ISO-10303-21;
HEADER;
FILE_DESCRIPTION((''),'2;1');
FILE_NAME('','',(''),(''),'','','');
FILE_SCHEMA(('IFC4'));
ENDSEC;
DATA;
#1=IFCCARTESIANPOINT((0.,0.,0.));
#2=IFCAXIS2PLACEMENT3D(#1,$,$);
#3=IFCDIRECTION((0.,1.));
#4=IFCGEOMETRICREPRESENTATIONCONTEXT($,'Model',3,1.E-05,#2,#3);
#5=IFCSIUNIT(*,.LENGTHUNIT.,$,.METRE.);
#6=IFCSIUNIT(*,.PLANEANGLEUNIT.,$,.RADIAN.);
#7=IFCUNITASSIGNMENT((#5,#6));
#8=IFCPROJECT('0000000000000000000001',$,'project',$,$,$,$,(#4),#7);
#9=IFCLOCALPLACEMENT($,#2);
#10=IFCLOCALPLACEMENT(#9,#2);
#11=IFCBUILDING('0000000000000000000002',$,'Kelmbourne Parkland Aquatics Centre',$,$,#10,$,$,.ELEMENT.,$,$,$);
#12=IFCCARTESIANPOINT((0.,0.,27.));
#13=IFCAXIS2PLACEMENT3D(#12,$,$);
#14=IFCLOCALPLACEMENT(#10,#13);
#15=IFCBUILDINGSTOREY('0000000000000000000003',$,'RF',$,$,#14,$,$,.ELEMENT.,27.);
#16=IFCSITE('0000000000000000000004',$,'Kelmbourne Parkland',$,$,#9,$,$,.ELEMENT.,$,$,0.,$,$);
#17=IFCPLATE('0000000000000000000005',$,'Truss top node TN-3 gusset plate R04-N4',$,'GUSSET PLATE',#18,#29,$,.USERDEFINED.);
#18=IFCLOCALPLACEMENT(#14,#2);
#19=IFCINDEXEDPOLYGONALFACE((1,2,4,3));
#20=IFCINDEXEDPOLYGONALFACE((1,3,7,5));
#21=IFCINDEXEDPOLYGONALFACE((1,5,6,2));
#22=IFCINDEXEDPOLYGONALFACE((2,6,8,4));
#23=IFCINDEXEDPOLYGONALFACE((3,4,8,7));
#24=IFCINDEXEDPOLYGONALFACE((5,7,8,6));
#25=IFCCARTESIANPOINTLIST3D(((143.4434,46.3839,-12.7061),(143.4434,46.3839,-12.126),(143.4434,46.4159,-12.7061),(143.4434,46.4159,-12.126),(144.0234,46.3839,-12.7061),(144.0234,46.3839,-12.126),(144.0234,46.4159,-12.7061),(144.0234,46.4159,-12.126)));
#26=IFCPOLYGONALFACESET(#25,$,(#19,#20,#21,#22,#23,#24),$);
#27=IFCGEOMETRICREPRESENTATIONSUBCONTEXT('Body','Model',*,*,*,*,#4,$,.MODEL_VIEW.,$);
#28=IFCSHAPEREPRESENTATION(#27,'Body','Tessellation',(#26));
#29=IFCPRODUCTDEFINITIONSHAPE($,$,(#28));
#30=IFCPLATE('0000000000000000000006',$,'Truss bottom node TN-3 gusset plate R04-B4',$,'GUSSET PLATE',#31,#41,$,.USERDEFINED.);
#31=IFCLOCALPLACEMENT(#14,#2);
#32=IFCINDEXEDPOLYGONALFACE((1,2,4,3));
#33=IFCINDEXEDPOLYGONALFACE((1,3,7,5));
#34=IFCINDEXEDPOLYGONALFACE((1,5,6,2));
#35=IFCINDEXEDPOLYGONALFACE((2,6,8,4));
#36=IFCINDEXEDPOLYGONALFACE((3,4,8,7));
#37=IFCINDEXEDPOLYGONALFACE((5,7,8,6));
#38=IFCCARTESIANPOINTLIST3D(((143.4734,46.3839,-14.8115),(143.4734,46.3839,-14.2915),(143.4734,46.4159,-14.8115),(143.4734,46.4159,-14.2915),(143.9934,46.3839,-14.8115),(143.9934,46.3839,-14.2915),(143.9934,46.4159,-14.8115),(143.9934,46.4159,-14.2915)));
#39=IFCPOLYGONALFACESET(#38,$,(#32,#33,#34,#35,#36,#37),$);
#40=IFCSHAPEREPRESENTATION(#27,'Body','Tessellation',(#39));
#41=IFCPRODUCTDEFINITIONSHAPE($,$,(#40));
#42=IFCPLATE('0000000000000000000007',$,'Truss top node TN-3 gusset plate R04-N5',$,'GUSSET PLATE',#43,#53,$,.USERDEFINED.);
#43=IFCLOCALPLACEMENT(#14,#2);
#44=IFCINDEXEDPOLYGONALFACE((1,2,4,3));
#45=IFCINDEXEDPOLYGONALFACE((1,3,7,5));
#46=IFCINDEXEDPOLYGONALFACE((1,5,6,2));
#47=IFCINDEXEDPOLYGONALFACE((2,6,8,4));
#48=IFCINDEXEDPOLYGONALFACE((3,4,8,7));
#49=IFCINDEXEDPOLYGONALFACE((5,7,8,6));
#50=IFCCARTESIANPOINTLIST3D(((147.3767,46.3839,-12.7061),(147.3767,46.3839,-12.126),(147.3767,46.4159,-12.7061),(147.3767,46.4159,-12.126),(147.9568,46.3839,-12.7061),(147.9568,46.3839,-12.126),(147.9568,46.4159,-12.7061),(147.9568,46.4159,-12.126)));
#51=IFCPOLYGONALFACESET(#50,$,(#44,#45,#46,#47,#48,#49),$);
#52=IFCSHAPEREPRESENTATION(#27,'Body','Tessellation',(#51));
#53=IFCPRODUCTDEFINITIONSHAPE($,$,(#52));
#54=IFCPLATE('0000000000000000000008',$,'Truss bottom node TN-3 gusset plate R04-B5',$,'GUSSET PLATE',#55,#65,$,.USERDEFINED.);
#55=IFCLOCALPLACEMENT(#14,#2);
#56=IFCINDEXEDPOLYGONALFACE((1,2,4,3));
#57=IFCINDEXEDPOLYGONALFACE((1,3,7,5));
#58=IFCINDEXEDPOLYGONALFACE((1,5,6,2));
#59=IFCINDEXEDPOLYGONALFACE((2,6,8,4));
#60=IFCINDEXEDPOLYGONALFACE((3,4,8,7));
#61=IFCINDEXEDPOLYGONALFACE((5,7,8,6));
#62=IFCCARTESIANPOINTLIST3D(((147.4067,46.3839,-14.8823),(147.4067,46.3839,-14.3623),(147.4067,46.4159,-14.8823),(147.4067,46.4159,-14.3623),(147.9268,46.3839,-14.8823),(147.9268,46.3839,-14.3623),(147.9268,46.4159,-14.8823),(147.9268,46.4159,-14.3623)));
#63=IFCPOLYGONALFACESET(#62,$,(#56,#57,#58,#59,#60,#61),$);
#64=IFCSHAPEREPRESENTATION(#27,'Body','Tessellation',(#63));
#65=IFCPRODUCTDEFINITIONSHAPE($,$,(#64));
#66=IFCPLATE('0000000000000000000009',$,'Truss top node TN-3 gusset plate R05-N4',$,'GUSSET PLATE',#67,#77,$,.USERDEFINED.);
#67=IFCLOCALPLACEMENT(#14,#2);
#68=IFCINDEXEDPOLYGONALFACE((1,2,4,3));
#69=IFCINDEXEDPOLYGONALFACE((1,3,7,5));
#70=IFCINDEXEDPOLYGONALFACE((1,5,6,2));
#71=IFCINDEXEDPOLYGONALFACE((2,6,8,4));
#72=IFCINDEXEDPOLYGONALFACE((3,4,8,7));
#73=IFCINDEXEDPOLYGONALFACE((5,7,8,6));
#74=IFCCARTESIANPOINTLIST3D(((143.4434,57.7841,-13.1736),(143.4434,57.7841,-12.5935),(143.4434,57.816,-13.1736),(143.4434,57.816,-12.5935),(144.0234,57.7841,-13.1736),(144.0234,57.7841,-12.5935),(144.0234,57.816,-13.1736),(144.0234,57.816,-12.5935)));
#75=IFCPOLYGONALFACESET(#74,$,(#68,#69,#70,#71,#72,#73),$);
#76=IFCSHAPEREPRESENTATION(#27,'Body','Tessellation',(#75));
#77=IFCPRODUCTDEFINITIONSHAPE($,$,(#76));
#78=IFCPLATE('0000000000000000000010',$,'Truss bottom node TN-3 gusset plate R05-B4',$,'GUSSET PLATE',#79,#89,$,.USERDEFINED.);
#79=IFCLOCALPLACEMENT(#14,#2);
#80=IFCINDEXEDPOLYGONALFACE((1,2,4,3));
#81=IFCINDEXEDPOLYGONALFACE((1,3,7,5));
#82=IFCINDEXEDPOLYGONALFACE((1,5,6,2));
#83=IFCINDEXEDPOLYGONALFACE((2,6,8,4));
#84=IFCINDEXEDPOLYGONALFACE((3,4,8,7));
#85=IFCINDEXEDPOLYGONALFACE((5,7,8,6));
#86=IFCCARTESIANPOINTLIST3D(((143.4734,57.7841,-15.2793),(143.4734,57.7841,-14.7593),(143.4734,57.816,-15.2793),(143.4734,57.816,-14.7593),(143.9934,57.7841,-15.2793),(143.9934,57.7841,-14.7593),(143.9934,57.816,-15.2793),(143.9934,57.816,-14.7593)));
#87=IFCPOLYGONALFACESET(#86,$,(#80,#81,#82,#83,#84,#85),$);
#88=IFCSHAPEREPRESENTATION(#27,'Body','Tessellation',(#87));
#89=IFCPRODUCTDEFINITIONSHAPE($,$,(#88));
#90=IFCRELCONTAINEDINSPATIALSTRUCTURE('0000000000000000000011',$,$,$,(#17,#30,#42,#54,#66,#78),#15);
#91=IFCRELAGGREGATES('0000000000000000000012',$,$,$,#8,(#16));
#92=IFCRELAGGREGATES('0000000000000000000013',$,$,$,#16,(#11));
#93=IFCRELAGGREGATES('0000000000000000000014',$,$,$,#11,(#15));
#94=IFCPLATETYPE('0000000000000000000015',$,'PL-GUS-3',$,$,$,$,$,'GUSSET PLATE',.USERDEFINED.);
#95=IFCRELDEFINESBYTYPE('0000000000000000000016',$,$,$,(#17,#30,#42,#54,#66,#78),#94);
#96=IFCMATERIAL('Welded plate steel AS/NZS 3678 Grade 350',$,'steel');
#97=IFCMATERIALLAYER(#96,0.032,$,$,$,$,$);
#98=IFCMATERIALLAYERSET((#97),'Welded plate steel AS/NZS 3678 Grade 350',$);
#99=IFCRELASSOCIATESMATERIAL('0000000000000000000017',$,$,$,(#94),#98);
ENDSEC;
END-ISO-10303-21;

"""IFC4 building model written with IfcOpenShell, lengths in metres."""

from ifc_helpers import new_model, si_unit, direction, frame, origin, origin_2d, place, context, subcontext, project, spatial, rectangle, extrude, material, layer, layer_set, type_object, element, save


model = new_model("IFC4")

# Units and contexts
model_context = context("Model", 3, precision=1e-05, world=origin(), true_north=direction((0.0, 1.0)))
body_context = subcontext(model_context, "Body", "Model", "MODEL_VIEW")
ifc_project = project(units=[si_unit("LENGTHUNIT", "METRE"), si_unit("PLANEANGLEUNIT", "RADIAN")], contexts=[model_context])

# Site, building, storey
site_placement = place(None, origin())
site = spatial("IfcSite", under=ifc_project, at=site_placement, Name="Kelmbourne Parkland", CompositionType="ELEMENT", RefElevation=0.0)
building_placement = place(site_placement, origin())
building = spatial("IfcBuilding", under=site, at=building_placement, Name="Kelmbourne Parkland Aquatics Centre", CompositionType="ELEMENT")
storey_placement = place(building_placement, frame((0.0, 0.0, 27.0)))
storey = spatial("IfcBuildingStorey", under=building, at=storey_placement, Name="RF", CompositionType="ELEMENT", Elevation=27.0)

# Shared definitions
ifc_material_1 = material(Name="Welded plate steel AS/NZS 3678 Grade 350", Category="steel")

# Plates
ifc_layer_1 = layer(ifc_material_1, 0.032)
ifc_layer_set_1 = layer_set([ifc_layer_1], Name="Welded plate steel AS/NZS 3678 Grade 350")
plate_type_1 = type_object("IfcPlateType", Name="PL-GUS-3", ElementType="GUSSET PLATE", PredefinedType="USERDEFINED", material=ifc_layer_set_1)
plate_1_placement = place(storey_placement, frame((143.7334, 46.3999, -12.7061), z_axis=(0.0, 0.0, 1.0), x_axis=(1.0, 0.0, 0.0)))
element("IfcPlate", 1, at=plate_1_placement, inside=storey, type_object=plate_type_1, Name="Truss top node TN-3 gusset plate R04-N4", ObjectType="GUSSET PLATE", PredefinedType="USERDEFINED", context=body_context, shape_type="SweptSolid", body=[
    extrude(rectangle(XDim=0.5801, YDim=0.032, at=origin_2d()), origin(), (0.0, 0.0, 1.0), 0.5801),
])
plate_2_placement = place(storey_placement, frame((143.7334, 46.3999, -14.8115), z_axis=(0.0, 0.0, 1.0), x_axis=(1.0, 0.0, 0.0)))
element("IfcPlate", 2, at=plate_2_placement, inside=storey, type_object=plate_type_1, Name="Truss bottom node TN-3 gusset plate R04-B4", ObjectType="GUSSET PLATE", PredefinedType="USERDEFINED", context=body_context, shape_type="SweptSolid", body=[
    extrude(rectangle(XDim=0.52, YDim=0.032, at=origin_2d()), origin(), (0.0, 0.0, 1.0), 0.52),
])
plate_3_placement = place(storey_placement, frame((147.6667, 46.3999, -12.7061), z_axis=(0.0, 0.0, 1.0), x_axis=(1.0, 0.0, 0.0)))
element("IfcPlate", 3, at=plate_3_placement, inside=storey, type_object=plate_type_1, Name="Truss top node TN-3 gusset plate R04-N5", ObjectType="GUSSET PLATE", PredefinedType="USERDEFINED", context=body_context, shape_type="SweptSolid", body=[
    extrude(rectangle(XDim=0.5801, YDim=0.032, at=origin_2d()), origin(), (0.0, 0.0, 1.0), 0.5801),
])
plate_4_placement = place(storey_placement, frame((147.6667, 46.3999, -14.8823), z_axis=(0.0, 0.0, 1.0), x_axis=(1.0, 0.0, 0.0)))
element("IfcPlate", 4, at=plate_4_placement, inside=storey, type_object=plate_type_1, Name="Truss bottom node TN-3 gusset plate R04-B5", ObjectType="GUSSET PLATE", PredefinedType="USERDEFINED", context=body_context, shape_type="SweptSolid", body=[
    extrude(rectangle(XDim=0.52, YDim=0.032, at=origin_2d()), origin(), (0.0, 0.0, 1.0), 0.52),
])
plate_5_placement = place(storey_placement, frame((143.7334, 57.8, -13.1736), z_axis=(0.0, 0.0, 1.0), x_axis=(1.0, 0.0, 0.0)))
element("IfcPlate", 5, at=plate_5_placement, inside=storey, type_object=plate_type_1, Name="Truss top node TN-3 gusset plate R05-N4", ObjectType="GUSSET PLATE", PredefinedType="USERDEFINED", context=body_context, shape_type="SweptSolid", body=[
    extrude(rectangle(XDim=0.5801, YDim=0.032, at=origin_2d()), origin(), (0.0, 0.0, 1.0), 0.5801),
])
plate_6_placement = place(storey_placement, frame((143.7334, 57.8, -15.2793), z_axis=(0.0, 0.0, 1.0), x_axis=(1.0, 0.0, 0.0)))
element("IfcPlate", 6, at=plate_6_placement, inside=storey, type_object=plate_type_1, Name="Truss bottom node TN-3 gusset plate R05-B4", ObjectType="GUSSET PLATE", PredefinedType="USERDEFINED", context=body_context, shape_type="SweptSolid", body=[
    extrude(rectangle(XDim=0.52, YDim=0.032, at=origin_2d()), origin(), (0.0, 0.0, 1.0), 0.52),
])

save(model, "model.ifc")
